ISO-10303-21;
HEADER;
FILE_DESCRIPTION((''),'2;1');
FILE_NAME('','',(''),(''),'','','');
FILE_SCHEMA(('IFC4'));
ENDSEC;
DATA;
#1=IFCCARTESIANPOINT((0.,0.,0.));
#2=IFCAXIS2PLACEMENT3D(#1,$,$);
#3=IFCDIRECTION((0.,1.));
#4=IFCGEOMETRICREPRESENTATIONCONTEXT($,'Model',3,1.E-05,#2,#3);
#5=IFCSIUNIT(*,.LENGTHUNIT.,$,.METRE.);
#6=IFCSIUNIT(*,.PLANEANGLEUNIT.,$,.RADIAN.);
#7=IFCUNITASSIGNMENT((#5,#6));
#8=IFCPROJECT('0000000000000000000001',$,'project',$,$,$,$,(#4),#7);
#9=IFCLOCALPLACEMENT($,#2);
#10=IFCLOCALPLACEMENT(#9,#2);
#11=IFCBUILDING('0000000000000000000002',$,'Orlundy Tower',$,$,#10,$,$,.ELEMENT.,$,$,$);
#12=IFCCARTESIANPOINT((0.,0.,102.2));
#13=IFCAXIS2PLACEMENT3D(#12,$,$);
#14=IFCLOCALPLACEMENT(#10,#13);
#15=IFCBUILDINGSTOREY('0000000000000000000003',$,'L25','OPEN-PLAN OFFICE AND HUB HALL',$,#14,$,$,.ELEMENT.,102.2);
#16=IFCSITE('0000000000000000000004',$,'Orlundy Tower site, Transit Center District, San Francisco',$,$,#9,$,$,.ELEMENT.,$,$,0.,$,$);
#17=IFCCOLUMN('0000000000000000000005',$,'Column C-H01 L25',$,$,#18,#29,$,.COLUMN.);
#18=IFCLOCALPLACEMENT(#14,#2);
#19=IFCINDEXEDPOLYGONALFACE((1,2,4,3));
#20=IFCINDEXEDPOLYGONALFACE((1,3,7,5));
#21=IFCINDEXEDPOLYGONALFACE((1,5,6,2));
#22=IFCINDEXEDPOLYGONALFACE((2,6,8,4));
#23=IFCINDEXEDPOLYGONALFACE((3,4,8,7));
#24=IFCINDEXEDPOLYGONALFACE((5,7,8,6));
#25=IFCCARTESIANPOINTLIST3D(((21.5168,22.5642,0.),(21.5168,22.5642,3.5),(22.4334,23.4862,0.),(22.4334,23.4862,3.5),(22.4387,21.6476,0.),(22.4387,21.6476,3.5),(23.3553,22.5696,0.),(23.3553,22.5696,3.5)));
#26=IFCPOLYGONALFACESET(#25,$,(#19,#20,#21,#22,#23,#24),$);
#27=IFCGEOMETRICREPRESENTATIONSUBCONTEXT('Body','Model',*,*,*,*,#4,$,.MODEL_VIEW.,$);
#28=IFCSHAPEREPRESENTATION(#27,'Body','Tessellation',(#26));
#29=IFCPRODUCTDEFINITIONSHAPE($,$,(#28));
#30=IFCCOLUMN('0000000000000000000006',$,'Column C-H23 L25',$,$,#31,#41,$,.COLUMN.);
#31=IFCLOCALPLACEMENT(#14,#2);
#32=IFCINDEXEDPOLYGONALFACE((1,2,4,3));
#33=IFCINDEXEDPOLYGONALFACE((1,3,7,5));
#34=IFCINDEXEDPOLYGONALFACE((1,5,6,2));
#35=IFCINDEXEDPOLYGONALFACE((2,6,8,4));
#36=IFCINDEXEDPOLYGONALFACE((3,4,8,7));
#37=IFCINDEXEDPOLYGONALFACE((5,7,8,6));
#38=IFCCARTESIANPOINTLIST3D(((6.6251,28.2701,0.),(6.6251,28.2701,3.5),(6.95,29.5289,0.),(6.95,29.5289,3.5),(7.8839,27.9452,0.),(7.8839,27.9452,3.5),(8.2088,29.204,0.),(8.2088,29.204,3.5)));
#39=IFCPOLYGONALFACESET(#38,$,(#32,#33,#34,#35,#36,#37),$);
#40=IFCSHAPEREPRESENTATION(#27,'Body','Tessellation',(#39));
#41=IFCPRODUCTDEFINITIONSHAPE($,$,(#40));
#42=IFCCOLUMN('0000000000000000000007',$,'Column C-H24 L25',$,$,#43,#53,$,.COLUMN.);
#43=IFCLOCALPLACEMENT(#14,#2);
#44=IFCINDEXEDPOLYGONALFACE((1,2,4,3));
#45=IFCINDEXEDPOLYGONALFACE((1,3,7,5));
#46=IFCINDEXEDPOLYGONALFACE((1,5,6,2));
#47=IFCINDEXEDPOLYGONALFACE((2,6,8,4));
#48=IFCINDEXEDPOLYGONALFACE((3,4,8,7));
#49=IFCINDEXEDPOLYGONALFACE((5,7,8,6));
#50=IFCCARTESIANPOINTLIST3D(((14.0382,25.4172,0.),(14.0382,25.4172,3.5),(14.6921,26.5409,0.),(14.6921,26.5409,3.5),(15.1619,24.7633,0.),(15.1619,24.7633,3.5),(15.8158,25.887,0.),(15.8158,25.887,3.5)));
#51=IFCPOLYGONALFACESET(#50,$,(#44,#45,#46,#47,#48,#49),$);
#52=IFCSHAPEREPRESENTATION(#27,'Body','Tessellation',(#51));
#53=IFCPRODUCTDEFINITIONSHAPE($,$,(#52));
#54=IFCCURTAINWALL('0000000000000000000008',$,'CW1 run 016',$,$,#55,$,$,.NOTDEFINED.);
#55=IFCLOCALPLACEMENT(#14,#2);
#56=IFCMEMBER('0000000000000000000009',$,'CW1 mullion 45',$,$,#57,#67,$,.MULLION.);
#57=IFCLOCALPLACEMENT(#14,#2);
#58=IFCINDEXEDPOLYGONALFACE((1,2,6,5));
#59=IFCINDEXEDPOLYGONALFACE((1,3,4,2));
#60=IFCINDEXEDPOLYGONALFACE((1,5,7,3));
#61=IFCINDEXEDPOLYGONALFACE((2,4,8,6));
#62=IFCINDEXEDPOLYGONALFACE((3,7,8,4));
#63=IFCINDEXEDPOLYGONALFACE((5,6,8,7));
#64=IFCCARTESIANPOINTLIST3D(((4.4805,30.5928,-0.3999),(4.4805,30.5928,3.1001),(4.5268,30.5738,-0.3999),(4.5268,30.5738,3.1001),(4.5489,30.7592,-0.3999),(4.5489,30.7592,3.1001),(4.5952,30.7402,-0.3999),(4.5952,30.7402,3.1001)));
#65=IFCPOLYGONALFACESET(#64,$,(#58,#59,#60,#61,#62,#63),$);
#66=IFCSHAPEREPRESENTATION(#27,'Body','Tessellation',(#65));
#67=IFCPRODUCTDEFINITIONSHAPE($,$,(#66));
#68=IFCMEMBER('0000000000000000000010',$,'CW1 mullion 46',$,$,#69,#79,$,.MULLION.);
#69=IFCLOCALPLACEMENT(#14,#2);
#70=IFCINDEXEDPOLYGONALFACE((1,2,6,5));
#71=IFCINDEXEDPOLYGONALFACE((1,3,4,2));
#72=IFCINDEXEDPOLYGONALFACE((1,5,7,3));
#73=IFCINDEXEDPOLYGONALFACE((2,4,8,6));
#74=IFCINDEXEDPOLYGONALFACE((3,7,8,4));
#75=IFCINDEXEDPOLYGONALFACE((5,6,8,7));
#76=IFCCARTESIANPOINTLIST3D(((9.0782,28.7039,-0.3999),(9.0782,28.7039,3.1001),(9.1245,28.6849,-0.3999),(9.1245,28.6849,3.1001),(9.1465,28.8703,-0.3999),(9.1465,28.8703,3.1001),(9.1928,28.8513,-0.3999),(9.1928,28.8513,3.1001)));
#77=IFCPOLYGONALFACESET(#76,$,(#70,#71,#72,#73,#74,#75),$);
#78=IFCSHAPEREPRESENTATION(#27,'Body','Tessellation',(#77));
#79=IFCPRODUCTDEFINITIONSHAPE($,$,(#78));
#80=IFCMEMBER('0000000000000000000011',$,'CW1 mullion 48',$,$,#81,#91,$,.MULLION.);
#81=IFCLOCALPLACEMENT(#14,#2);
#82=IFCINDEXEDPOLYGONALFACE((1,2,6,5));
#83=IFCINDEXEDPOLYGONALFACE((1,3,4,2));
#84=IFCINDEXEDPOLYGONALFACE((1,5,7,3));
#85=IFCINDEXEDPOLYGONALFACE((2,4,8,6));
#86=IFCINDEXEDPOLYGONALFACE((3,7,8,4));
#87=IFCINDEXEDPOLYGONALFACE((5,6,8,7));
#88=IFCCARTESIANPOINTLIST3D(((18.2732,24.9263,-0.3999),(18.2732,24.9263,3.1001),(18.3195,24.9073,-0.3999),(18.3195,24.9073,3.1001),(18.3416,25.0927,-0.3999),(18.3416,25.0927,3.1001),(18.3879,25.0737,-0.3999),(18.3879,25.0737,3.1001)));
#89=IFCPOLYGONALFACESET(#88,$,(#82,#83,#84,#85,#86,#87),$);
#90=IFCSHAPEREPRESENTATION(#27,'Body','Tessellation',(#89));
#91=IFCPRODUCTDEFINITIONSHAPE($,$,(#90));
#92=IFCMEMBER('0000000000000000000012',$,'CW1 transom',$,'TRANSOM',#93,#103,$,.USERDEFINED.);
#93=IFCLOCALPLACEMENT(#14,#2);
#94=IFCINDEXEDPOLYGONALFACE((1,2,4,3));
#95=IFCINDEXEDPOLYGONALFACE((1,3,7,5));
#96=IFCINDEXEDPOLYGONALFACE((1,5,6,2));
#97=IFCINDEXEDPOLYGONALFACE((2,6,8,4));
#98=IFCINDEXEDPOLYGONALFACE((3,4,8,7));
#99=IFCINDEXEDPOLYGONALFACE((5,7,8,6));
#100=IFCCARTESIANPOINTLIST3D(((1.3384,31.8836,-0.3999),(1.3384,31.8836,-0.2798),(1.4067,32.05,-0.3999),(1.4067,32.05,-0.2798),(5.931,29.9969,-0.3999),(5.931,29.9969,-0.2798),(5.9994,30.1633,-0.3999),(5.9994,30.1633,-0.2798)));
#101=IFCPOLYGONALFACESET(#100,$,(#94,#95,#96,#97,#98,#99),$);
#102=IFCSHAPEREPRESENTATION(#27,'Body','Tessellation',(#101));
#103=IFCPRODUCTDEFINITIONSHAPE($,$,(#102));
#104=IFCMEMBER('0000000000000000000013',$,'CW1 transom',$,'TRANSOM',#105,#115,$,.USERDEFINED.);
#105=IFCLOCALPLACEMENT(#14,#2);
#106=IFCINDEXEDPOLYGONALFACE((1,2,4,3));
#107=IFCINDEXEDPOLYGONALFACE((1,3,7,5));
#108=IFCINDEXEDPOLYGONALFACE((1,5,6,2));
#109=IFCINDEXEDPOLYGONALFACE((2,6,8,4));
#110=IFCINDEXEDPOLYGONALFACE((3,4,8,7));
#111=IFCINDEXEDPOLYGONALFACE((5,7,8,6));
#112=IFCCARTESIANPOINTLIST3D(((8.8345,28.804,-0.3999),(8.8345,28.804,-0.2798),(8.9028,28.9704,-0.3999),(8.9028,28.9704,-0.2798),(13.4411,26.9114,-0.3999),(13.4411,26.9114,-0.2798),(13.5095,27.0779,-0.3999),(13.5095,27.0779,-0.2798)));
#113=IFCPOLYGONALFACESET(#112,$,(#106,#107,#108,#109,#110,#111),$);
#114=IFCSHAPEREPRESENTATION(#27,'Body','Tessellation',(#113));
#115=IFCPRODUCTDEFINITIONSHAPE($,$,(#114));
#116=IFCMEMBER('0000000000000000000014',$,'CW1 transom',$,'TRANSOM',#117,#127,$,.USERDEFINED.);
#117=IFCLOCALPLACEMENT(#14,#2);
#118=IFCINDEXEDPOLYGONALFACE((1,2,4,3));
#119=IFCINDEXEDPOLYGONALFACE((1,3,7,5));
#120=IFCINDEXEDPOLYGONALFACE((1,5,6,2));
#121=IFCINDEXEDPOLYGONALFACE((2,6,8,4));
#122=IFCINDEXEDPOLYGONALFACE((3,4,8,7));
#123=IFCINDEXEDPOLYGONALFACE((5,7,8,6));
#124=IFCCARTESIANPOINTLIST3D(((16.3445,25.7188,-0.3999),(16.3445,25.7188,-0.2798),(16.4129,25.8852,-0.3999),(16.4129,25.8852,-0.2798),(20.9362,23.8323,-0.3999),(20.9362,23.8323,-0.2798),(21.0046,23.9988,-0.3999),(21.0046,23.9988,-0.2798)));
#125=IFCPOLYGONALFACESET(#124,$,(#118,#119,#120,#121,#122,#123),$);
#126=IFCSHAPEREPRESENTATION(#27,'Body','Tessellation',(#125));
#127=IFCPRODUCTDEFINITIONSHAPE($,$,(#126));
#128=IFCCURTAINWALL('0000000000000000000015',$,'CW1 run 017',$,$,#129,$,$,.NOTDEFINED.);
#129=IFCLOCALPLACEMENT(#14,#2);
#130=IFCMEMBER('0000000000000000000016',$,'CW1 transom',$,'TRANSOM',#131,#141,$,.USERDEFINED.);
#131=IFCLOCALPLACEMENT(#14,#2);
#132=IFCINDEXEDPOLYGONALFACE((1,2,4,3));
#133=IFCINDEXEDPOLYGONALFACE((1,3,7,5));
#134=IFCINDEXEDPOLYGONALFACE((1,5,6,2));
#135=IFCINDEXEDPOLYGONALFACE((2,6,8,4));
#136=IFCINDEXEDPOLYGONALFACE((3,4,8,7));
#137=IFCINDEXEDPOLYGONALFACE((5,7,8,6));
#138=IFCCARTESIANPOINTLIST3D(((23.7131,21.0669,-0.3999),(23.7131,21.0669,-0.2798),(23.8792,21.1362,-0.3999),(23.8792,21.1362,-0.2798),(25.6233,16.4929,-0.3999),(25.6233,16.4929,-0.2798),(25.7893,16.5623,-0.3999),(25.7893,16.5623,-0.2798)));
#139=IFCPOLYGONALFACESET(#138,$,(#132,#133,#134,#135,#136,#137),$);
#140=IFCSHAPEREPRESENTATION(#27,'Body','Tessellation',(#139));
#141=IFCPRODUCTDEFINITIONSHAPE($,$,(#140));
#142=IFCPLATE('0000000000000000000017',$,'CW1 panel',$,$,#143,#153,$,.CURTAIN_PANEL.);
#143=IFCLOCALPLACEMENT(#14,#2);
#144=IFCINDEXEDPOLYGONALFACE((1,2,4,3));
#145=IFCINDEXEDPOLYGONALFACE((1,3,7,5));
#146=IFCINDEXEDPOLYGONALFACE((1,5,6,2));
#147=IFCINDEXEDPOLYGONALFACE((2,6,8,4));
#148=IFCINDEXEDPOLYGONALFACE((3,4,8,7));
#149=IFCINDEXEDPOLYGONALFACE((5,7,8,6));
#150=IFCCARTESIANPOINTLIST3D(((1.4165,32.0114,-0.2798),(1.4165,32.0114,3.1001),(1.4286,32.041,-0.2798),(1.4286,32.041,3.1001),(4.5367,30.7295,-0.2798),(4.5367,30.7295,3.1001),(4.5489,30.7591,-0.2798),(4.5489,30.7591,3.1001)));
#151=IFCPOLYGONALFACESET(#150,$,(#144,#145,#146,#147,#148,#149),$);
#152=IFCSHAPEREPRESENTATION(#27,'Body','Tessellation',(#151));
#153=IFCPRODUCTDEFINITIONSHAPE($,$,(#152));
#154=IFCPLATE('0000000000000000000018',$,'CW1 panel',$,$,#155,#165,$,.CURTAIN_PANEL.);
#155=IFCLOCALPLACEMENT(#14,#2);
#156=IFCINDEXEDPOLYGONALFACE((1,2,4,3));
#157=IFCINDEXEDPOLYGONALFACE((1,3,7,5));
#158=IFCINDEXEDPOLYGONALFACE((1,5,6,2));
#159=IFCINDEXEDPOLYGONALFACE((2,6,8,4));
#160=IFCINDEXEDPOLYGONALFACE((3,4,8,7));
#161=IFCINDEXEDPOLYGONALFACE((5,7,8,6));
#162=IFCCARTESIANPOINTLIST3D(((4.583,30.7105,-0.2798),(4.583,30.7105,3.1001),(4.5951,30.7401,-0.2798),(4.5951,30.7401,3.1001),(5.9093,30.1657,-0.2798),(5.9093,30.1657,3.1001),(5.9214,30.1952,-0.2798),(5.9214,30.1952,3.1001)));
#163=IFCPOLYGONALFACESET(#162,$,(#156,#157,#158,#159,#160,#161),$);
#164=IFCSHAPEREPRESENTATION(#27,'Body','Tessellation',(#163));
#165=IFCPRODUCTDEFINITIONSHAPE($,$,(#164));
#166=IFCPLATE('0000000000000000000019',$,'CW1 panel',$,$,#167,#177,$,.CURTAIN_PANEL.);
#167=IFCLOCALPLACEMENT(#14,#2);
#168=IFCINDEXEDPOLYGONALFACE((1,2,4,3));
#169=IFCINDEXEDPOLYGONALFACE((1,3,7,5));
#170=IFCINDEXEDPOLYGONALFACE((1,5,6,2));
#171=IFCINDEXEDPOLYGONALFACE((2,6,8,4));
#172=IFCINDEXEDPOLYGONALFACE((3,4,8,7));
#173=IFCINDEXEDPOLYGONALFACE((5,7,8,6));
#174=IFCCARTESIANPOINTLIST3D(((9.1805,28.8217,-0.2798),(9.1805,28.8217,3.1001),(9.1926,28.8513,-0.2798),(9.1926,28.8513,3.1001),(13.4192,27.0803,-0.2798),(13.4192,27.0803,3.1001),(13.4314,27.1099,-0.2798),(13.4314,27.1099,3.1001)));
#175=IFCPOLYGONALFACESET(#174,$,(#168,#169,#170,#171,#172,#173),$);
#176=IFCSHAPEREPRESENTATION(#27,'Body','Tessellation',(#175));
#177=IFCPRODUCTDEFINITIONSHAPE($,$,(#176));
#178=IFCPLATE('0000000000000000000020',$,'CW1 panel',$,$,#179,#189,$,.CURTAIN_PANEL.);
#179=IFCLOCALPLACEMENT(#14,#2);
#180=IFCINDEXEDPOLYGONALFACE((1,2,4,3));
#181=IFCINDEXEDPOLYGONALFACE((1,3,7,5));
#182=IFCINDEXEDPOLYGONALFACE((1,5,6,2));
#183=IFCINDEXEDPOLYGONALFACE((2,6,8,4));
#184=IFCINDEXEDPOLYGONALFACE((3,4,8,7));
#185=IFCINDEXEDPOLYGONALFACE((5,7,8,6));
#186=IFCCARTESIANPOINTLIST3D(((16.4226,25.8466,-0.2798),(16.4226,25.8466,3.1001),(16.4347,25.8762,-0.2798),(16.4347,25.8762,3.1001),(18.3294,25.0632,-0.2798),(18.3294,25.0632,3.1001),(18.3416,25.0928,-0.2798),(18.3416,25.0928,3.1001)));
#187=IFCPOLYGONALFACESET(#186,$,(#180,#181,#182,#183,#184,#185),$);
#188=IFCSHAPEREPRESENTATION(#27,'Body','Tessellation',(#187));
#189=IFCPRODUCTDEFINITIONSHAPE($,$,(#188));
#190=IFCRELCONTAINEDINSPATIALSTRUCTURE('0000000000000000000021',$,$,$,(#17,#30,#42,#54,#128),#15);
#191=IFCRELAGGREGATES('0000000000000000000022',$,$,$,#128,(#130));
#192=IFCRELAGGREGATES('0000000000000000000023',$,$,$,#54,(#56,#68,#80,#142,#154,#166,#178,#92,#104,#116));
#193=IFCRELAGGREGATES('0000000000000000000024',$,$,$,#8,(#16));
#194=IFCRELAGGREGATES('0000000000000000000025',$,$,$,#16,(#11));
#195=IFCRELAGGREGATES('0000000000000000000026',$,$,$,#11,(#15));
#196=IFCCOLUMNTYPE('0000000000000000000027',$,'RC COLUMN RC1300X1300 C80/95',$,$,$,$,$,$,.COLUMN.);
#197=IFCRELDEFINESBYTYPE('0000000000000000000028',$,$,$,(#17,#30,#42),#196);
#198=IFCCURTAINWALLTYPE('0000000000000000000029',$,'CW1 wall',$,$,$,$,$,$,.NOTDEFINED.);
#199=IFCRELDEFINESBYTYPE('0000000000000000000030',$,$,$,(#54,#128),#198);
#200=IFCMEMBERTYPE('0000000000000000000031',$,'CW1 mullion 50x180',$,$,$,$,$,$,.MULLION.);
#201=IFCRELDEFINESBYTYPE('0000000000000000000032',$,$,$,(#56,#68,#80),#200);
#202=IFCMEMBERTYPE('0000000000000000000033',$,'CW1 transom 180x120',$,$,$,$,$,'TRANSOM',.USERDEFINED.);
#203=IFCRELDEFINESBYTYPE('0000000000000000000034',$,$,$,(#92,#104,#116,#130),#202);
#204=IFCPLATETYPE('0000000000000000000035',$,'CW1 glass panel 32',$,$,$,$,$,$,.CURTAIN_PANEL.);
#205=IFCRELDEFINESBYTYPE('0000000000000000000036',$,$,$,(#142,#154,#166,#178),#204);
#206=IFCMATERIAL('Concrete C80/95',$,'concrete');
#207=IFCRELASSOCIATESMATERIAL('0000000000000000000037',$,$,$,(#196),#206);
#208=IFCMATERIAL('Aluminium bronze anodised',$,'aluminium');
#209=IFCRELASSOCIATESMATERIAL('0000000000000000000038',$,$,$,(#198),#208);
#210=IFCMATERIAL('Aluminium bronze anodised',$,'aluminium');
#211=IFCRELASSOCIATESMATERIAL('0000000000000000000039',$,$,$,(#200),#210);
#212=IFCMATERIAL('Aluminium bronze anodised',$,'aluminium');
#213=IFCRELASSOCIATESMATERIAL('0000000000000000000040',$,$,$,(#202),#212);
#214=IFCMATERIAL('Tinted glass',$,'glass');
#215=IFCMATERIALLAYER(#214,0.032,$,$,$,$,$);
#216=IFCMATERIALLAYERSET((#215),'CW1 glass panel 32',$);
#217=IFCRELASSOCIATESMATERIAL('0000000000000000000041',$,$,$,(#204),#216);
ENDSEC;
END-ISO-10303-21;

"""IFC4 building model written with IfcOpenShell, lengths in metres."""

from ifc_helpers import new_model, si_unit, direction, frame, origin, origin_2d, place, context, subcontext, project, spatial, rectangle, extrude, material, layer, layer_set, material_profile, profile_set, type_object, element, aggregate, save


model = new_model("IFC4")

# Units and contexts
model_context = context("Model", 3, precision=1e-05, world=origin(), true_north=direction((0.0, 1.0)))
body_context = subcontext(model_context, "Body", "Model", "MODEL_VIEW")
ifc_project = project(units=[si_unit("LENGTHUNIT", "METRE"), si_unit("PLANEANGLEUNIT", "RADIAN")], contexts=[model_context])

# Site, building, storey
site_placement = place(None, origin())
site = spatial("IfcSite", under=ifc_project, at=site_placement, Name="Orlundy Tower site, Transit Center District, San Francisco", CompositionType="ELEMENT", RefElevation=0.0)
building_placement = place(site_placement, origin())
building = spatial("IfcBuilding", under=site, at=building_placement, Name="Orlundy Tower", CompositionType="ELEMENT")
storey_placement = place(building_placement, frame((0.0, 0.0, 102.2)))
storey = spatial("IfcBuildingStorey", under=building, at=storey_placement, Name="L25", Description="OPEN-PLAN OFFICE AND HUB HALL", CompositionType="ELEMENT", Elevation=102.2)

# Columns
ifc_material_1 = material(Name="Concrete C80/95", Category="concrete")
ifc_material_profile_1 = material_profile(ifc_material_1, rectangle(XDim=1.3, YDim=1.3, at=origin_2d()), Name="RC1300X1300")
ifc_profile_set_1 = profile_set([ifc_material_profile_1], Name="Concrete C80/95")
column_type = type_object("IfcColumnType", Name="RC COLUMN RC1300X1300 C80/95", PredefinedType="COLUMN", material=ifc_profile_set_1)
for number, where, z_axis, x_axis, name in (
    (1, (22.436, 22.5669, 0.0), (0.0, 0.0, 1.0), (0.705043, 0.709165, 0.0), "Column C-H01 L25"),
    (2, (7.417, 28.7371, 0.0), (0.0, 0.0, 1.0), (0.249907, 0.96827, 0.0), "Column C-H23 L25"),
    (3, (14.927, 25.6521, 0.0), (0.0, 0.0, 1.0), (0.502945, 0.864319, 0.0), "Column C-H24 L25"),
):
    element("IfcColumn", number, at=place(storey_placement, frame(where, z_axis=z_axis, x_axis=x_axis)), inside=storey, type_object=column_type, Name=name, PredefinedType="COLUMN", context=body_context, shape_type="SweptSolid", body=[
        extrude(rectangle(XDim=1.3, YDim=1.3, at=origin_2d()), origin(), (0.0, 0.0, 1.0), 3.5),
    ])

# Curtain wall, members
ifc_material_2 = material(Name="Aluminium bronze anodised", Category="aluminium")
curtain_wall_type = type_object("IfcCurtainWallType", Name="CW1 wall", PredefinedType="NOTDEFINED", material=ifc_material_2)
curtain_wall_1_placement = place(storey_placement, origin())
curtain_wall_1 = element("IfcCurtainWall", 4, at=curtain_wall_1_placement, inside=storey, type_object=curtain_wall_type, Name="CW1 run 016", PredefinedType="NOTDEFINED")
ifc_material_3 = material(Name="Aluminium bronze anodised", Category="aluminium")
ifc_material_profile_2 = material_profile(ifc_material_3, rectangle(XDim=0.1799, YDim=0.05, at=origin_2d()), Name="CW1 mullion 50x180")
ifc_profile_set_2 = profile_set([ifc_material_profile_2], Name="Aluminium bronze anodised")
member_type_1 = type_object("IfcMemberType", Name="CW1 mullion 50x180", PredefinedType="MULLION", material=ifc_profile_set_2)
member_1_placement = place(storey_placement, frame((4.5378, 30.6665, -0.3999), z_axis=(0.0, 0.0, 1.0), x_axis=(0.380005, 0.924984, 0.0)))
member_1 = element("IfcMember", 5, at=member_1_placement, type_object=member_type_1, Name="CW1 mullion 45", PredefinedType="MULLION", context=body_context, shape_type="SweptSolid", body=[
    extrude(rectangle(XDim=0.1799, YDim=0.05, at=origin_2d()), origin(), (0.0, 0.0, 1.0), 3.5),
])
member_2_placement = place(storey_placement, frame((9.1355, 28.7776, -0.3999), z_axis=(0.0, 0.0, 1.0), x_axis=(0.380005, 0.924984, 0.0)))
member_2 = element("IfcMember", 6, at=member_2_placement, type_object=member_type_1, Name="CW1 mullion 46", PredefinedType="MULLION", context=body_context, shape_type="SweptSolid", body=[
    extrude(rectangle(XDim=0.1799, YDim=0.05, at=origin_2d()), origin(), (0.0, 0.0, 1.0), 3.5),
])
member_3_placement = place(storey_placement, frame((18.3306, 25.0, -0.3999), z_axis=(0.0, 0.0, 1.0), x_axis=(0.380005, 0.924984, 0.0)))
member_3 = element("IfcMember", 7, at=member_3_placement, type_object=member_type_1, Name="CW1 mullion 48", PredefinedType="MULLION", context=body_context, shape_type="SweptSolid", body=[
    extrude(rectangle(XDim=0.1799, YDim=0.05, at=origin_2d()), origin(), (0.0, 0.0, 1.0), 3.5),
])
ifc_material_4 = material(Name="Aluminium bronze anodised", Category="aluminium")
ifc_material_profile_3 = material_profile(ifc_material_4, rectangle(XDim=0.1799, YDim=0.1201, at=origin_2d()), Name="CW1 transom 180x120")
ifc_profile_set_3 = profile_set([ifc_material_profile_3], Name="Aluminium bronze anodised")
member_type_2 = type_object("IfcMemberType", Name="CW1 transom 180x120", ElementType="TRANSOM", PredefinedType="USERDEFINED", material=ifc_profile_set_3)
member_4_placement = place(storey_placement, frame((1.3726, 31.9668, -0.3398), z_axis=(0.924991, -0.379988, 0.0), x_axis=(0.379988, 0.924991, 0.0)))
member_4 = element("IfcMember", 8, at=member_4_placement, type_object=member_type_2, Name="CW1 transom", ObjectType="TRANSOM", PredefinedType="USERDEFINED", context=body_context, shape_type="SweptSolid", body=[
    extrude(rectangle(XDim=0.1799, YDim=0.1201, at=origin_2d()), origin(), (0.0, 0.0, 1.0), 4.9651),
])
member_5_placement = place(storey_placement, frame((8.8687, 28.8872, -0.3398), z_axis=(0.924981, -0.380012, 0.0), x_axis=(0.380012, 0.924981, 0.0)))
member_5 = element("IfcMember", 9, at=member_5_placement, type_object=member_type_2, Name="CW1 transom", ObjectType="TRANSOM", PredefinedType="USERDEFINED", context=body_context, shape_type="SweptSolid", body=[
    extrude(rectangle(XDim=0.1799, YDim=0.1201, at=origin_2d()), origin(), (0.0, 0.0, 1.0), 4.9802),
])
member_6_placement = place(storey_placement, frame((16.3787, 25.802, -0.3398), z_axis=(0.92498, -0.380015, 0.0), x_axis=(0.380015, 0.92498, 0.0)))
member_6 = element("IfcMember", 10, at=member_6_placement, type_object=member_type_2, Name="CW1 transom", ObjectType="TRANSOM", PredefinedType="USERDEFINED", context=body_context, shape_type="SweptSolid", body=[
    extrude(rectangle(XDim=0.1799, YDim=0.1201, at=origin_2d()), origin(), (0.0, 0.0, 1.0), 4.9641),
])

# Curtain wall, member
curtain_wall_2_placement = place(storey_placement, origin())
curtain_wall_2 = element("IfcCurtainWall", 11, at=curtain_wall_2_placement, inside=storey, type_object=curtain_wall_type, Name="CW1 run 017", PredefinedType="NOTDEFINED")
member_7_placement = place(storey_placement, frame((23.7961, 21.1016, -0.3398), z_axis=(0.38536, -0.922766, 0.0), x_axis=(0.922766, 0.38536, 0.0)))
member_7 = element("IfcMember", 12, at=member_7_placement, type_object=member_type_2, Name="CW1 transom", ObjectType="TRANSOM", PredefinedType="USERDEFINED", context=body_context, shape_type="SweptSolid", body=[
    extrude(rectangle(XDim=0.1799, YDim=0.1201, at=origin_2d()), origin(), (0.0, 0.0, 1.0), 4.9568),
])
aggregate(curtain_wall_2, [member_7])

# Plates
ifc_material_5 = material(Name="Tinted glass", Category="glass")
ifc_layer_1 = layer(ifc_material_5, 0.032)
ifc_layer_set_1 = layer_set([ifc_layer_1], Name="CW1 glass panel 32")
plate_type = type_object("IfcPlateType", Name="CW1 glass panel 32", PredefinedType="CURTAIN_PANEL", material=ifc_layer_set_1)
plate_1_placement = place(storey_placement, frame((2.9827, 31.3853, -0.2798), z_axis=(0.0, 0.0, 1.0), x_axis=(0.924984, -0.380005, 0.0)))
plate_1 = element("IfcPlate", 13, at=plate_1_placement, type_object=plate_type, Name="CW1 panel", PredefinedType="CURTAIN_PANEL", context=body_context, shape_type="SweptSolid", body=[
    extrude(rectangle(XDim=3.3733, YDim=0.032, at=origin_2d()), origin(), (0.0, 0.0, 1.0), 3.3799),
])
plate_2_placement = place(storey_placement, frame((5.2522, 30.4529, -0.2798), z_axis=(0.0, 0.0, 1.0), x_axis=(0.924984, -0.380005, 0.0)))
plate_2 = element("IfcPlate", 14, at=plate_2_placement, type_object=plate_type, Name="CW1 panel", PredefinedType="CURTAIN_PANEL", context=body_context, shape_type="SweptSolid", body=[
    extrude(rectangle(XDim=1.4338, YDim=0.032, at=origin_2d()), origin(), (0.0, 0.0, 1.0), 3.3799),
])
plate_3_placement = place(storey_placement, frame((11.3059, 27.9658, -0.2798), z_axis=(0.0, 0.0, 1.0), x_axis=(0.924984, -0.380005, 0.0)))
plate_3 = element("IfcPlate", 15, at=plate_3_placement, type_object=plate_type, Name="CW1 panel", PredefinedType="CURTAIN_PANEL", context=body_context, shape_type="SweptSolid", body=[
    extrude(rectangle(XDim=4.5825, YDim=0.032, at=origin_2d()), origin(), (0.0, 0.0, 1.0), 3.3799),
])
plate_4_placement = place(storey_placement, frame((17.3821, 25.4697, -0.2798), z_axis=(0.0, 0.0, 1.0), x_axis=(0.924984, -0.380005, 0.0)))
plate_4 = element("IfcPlate", 16, at=plate_4_placement, type_object=plate_type, Name="CW1 panel", PredefinedType="CURTAIN_PANEL", context=body_context, shape_type="SweptSolid", body=[
    extrude(rectangle(XDim=2.0615, YDim=0.032, at=origin_2d()), origin(), (0.0, 0.0, 1.0), 3.3799),
])
aggregate(curtain_wall_1, [member_1, member_2, member_3, plate_1, plate_2, plate_3, plate_4, member_4, member_5, member_6])

save(model, "model.ifc")
